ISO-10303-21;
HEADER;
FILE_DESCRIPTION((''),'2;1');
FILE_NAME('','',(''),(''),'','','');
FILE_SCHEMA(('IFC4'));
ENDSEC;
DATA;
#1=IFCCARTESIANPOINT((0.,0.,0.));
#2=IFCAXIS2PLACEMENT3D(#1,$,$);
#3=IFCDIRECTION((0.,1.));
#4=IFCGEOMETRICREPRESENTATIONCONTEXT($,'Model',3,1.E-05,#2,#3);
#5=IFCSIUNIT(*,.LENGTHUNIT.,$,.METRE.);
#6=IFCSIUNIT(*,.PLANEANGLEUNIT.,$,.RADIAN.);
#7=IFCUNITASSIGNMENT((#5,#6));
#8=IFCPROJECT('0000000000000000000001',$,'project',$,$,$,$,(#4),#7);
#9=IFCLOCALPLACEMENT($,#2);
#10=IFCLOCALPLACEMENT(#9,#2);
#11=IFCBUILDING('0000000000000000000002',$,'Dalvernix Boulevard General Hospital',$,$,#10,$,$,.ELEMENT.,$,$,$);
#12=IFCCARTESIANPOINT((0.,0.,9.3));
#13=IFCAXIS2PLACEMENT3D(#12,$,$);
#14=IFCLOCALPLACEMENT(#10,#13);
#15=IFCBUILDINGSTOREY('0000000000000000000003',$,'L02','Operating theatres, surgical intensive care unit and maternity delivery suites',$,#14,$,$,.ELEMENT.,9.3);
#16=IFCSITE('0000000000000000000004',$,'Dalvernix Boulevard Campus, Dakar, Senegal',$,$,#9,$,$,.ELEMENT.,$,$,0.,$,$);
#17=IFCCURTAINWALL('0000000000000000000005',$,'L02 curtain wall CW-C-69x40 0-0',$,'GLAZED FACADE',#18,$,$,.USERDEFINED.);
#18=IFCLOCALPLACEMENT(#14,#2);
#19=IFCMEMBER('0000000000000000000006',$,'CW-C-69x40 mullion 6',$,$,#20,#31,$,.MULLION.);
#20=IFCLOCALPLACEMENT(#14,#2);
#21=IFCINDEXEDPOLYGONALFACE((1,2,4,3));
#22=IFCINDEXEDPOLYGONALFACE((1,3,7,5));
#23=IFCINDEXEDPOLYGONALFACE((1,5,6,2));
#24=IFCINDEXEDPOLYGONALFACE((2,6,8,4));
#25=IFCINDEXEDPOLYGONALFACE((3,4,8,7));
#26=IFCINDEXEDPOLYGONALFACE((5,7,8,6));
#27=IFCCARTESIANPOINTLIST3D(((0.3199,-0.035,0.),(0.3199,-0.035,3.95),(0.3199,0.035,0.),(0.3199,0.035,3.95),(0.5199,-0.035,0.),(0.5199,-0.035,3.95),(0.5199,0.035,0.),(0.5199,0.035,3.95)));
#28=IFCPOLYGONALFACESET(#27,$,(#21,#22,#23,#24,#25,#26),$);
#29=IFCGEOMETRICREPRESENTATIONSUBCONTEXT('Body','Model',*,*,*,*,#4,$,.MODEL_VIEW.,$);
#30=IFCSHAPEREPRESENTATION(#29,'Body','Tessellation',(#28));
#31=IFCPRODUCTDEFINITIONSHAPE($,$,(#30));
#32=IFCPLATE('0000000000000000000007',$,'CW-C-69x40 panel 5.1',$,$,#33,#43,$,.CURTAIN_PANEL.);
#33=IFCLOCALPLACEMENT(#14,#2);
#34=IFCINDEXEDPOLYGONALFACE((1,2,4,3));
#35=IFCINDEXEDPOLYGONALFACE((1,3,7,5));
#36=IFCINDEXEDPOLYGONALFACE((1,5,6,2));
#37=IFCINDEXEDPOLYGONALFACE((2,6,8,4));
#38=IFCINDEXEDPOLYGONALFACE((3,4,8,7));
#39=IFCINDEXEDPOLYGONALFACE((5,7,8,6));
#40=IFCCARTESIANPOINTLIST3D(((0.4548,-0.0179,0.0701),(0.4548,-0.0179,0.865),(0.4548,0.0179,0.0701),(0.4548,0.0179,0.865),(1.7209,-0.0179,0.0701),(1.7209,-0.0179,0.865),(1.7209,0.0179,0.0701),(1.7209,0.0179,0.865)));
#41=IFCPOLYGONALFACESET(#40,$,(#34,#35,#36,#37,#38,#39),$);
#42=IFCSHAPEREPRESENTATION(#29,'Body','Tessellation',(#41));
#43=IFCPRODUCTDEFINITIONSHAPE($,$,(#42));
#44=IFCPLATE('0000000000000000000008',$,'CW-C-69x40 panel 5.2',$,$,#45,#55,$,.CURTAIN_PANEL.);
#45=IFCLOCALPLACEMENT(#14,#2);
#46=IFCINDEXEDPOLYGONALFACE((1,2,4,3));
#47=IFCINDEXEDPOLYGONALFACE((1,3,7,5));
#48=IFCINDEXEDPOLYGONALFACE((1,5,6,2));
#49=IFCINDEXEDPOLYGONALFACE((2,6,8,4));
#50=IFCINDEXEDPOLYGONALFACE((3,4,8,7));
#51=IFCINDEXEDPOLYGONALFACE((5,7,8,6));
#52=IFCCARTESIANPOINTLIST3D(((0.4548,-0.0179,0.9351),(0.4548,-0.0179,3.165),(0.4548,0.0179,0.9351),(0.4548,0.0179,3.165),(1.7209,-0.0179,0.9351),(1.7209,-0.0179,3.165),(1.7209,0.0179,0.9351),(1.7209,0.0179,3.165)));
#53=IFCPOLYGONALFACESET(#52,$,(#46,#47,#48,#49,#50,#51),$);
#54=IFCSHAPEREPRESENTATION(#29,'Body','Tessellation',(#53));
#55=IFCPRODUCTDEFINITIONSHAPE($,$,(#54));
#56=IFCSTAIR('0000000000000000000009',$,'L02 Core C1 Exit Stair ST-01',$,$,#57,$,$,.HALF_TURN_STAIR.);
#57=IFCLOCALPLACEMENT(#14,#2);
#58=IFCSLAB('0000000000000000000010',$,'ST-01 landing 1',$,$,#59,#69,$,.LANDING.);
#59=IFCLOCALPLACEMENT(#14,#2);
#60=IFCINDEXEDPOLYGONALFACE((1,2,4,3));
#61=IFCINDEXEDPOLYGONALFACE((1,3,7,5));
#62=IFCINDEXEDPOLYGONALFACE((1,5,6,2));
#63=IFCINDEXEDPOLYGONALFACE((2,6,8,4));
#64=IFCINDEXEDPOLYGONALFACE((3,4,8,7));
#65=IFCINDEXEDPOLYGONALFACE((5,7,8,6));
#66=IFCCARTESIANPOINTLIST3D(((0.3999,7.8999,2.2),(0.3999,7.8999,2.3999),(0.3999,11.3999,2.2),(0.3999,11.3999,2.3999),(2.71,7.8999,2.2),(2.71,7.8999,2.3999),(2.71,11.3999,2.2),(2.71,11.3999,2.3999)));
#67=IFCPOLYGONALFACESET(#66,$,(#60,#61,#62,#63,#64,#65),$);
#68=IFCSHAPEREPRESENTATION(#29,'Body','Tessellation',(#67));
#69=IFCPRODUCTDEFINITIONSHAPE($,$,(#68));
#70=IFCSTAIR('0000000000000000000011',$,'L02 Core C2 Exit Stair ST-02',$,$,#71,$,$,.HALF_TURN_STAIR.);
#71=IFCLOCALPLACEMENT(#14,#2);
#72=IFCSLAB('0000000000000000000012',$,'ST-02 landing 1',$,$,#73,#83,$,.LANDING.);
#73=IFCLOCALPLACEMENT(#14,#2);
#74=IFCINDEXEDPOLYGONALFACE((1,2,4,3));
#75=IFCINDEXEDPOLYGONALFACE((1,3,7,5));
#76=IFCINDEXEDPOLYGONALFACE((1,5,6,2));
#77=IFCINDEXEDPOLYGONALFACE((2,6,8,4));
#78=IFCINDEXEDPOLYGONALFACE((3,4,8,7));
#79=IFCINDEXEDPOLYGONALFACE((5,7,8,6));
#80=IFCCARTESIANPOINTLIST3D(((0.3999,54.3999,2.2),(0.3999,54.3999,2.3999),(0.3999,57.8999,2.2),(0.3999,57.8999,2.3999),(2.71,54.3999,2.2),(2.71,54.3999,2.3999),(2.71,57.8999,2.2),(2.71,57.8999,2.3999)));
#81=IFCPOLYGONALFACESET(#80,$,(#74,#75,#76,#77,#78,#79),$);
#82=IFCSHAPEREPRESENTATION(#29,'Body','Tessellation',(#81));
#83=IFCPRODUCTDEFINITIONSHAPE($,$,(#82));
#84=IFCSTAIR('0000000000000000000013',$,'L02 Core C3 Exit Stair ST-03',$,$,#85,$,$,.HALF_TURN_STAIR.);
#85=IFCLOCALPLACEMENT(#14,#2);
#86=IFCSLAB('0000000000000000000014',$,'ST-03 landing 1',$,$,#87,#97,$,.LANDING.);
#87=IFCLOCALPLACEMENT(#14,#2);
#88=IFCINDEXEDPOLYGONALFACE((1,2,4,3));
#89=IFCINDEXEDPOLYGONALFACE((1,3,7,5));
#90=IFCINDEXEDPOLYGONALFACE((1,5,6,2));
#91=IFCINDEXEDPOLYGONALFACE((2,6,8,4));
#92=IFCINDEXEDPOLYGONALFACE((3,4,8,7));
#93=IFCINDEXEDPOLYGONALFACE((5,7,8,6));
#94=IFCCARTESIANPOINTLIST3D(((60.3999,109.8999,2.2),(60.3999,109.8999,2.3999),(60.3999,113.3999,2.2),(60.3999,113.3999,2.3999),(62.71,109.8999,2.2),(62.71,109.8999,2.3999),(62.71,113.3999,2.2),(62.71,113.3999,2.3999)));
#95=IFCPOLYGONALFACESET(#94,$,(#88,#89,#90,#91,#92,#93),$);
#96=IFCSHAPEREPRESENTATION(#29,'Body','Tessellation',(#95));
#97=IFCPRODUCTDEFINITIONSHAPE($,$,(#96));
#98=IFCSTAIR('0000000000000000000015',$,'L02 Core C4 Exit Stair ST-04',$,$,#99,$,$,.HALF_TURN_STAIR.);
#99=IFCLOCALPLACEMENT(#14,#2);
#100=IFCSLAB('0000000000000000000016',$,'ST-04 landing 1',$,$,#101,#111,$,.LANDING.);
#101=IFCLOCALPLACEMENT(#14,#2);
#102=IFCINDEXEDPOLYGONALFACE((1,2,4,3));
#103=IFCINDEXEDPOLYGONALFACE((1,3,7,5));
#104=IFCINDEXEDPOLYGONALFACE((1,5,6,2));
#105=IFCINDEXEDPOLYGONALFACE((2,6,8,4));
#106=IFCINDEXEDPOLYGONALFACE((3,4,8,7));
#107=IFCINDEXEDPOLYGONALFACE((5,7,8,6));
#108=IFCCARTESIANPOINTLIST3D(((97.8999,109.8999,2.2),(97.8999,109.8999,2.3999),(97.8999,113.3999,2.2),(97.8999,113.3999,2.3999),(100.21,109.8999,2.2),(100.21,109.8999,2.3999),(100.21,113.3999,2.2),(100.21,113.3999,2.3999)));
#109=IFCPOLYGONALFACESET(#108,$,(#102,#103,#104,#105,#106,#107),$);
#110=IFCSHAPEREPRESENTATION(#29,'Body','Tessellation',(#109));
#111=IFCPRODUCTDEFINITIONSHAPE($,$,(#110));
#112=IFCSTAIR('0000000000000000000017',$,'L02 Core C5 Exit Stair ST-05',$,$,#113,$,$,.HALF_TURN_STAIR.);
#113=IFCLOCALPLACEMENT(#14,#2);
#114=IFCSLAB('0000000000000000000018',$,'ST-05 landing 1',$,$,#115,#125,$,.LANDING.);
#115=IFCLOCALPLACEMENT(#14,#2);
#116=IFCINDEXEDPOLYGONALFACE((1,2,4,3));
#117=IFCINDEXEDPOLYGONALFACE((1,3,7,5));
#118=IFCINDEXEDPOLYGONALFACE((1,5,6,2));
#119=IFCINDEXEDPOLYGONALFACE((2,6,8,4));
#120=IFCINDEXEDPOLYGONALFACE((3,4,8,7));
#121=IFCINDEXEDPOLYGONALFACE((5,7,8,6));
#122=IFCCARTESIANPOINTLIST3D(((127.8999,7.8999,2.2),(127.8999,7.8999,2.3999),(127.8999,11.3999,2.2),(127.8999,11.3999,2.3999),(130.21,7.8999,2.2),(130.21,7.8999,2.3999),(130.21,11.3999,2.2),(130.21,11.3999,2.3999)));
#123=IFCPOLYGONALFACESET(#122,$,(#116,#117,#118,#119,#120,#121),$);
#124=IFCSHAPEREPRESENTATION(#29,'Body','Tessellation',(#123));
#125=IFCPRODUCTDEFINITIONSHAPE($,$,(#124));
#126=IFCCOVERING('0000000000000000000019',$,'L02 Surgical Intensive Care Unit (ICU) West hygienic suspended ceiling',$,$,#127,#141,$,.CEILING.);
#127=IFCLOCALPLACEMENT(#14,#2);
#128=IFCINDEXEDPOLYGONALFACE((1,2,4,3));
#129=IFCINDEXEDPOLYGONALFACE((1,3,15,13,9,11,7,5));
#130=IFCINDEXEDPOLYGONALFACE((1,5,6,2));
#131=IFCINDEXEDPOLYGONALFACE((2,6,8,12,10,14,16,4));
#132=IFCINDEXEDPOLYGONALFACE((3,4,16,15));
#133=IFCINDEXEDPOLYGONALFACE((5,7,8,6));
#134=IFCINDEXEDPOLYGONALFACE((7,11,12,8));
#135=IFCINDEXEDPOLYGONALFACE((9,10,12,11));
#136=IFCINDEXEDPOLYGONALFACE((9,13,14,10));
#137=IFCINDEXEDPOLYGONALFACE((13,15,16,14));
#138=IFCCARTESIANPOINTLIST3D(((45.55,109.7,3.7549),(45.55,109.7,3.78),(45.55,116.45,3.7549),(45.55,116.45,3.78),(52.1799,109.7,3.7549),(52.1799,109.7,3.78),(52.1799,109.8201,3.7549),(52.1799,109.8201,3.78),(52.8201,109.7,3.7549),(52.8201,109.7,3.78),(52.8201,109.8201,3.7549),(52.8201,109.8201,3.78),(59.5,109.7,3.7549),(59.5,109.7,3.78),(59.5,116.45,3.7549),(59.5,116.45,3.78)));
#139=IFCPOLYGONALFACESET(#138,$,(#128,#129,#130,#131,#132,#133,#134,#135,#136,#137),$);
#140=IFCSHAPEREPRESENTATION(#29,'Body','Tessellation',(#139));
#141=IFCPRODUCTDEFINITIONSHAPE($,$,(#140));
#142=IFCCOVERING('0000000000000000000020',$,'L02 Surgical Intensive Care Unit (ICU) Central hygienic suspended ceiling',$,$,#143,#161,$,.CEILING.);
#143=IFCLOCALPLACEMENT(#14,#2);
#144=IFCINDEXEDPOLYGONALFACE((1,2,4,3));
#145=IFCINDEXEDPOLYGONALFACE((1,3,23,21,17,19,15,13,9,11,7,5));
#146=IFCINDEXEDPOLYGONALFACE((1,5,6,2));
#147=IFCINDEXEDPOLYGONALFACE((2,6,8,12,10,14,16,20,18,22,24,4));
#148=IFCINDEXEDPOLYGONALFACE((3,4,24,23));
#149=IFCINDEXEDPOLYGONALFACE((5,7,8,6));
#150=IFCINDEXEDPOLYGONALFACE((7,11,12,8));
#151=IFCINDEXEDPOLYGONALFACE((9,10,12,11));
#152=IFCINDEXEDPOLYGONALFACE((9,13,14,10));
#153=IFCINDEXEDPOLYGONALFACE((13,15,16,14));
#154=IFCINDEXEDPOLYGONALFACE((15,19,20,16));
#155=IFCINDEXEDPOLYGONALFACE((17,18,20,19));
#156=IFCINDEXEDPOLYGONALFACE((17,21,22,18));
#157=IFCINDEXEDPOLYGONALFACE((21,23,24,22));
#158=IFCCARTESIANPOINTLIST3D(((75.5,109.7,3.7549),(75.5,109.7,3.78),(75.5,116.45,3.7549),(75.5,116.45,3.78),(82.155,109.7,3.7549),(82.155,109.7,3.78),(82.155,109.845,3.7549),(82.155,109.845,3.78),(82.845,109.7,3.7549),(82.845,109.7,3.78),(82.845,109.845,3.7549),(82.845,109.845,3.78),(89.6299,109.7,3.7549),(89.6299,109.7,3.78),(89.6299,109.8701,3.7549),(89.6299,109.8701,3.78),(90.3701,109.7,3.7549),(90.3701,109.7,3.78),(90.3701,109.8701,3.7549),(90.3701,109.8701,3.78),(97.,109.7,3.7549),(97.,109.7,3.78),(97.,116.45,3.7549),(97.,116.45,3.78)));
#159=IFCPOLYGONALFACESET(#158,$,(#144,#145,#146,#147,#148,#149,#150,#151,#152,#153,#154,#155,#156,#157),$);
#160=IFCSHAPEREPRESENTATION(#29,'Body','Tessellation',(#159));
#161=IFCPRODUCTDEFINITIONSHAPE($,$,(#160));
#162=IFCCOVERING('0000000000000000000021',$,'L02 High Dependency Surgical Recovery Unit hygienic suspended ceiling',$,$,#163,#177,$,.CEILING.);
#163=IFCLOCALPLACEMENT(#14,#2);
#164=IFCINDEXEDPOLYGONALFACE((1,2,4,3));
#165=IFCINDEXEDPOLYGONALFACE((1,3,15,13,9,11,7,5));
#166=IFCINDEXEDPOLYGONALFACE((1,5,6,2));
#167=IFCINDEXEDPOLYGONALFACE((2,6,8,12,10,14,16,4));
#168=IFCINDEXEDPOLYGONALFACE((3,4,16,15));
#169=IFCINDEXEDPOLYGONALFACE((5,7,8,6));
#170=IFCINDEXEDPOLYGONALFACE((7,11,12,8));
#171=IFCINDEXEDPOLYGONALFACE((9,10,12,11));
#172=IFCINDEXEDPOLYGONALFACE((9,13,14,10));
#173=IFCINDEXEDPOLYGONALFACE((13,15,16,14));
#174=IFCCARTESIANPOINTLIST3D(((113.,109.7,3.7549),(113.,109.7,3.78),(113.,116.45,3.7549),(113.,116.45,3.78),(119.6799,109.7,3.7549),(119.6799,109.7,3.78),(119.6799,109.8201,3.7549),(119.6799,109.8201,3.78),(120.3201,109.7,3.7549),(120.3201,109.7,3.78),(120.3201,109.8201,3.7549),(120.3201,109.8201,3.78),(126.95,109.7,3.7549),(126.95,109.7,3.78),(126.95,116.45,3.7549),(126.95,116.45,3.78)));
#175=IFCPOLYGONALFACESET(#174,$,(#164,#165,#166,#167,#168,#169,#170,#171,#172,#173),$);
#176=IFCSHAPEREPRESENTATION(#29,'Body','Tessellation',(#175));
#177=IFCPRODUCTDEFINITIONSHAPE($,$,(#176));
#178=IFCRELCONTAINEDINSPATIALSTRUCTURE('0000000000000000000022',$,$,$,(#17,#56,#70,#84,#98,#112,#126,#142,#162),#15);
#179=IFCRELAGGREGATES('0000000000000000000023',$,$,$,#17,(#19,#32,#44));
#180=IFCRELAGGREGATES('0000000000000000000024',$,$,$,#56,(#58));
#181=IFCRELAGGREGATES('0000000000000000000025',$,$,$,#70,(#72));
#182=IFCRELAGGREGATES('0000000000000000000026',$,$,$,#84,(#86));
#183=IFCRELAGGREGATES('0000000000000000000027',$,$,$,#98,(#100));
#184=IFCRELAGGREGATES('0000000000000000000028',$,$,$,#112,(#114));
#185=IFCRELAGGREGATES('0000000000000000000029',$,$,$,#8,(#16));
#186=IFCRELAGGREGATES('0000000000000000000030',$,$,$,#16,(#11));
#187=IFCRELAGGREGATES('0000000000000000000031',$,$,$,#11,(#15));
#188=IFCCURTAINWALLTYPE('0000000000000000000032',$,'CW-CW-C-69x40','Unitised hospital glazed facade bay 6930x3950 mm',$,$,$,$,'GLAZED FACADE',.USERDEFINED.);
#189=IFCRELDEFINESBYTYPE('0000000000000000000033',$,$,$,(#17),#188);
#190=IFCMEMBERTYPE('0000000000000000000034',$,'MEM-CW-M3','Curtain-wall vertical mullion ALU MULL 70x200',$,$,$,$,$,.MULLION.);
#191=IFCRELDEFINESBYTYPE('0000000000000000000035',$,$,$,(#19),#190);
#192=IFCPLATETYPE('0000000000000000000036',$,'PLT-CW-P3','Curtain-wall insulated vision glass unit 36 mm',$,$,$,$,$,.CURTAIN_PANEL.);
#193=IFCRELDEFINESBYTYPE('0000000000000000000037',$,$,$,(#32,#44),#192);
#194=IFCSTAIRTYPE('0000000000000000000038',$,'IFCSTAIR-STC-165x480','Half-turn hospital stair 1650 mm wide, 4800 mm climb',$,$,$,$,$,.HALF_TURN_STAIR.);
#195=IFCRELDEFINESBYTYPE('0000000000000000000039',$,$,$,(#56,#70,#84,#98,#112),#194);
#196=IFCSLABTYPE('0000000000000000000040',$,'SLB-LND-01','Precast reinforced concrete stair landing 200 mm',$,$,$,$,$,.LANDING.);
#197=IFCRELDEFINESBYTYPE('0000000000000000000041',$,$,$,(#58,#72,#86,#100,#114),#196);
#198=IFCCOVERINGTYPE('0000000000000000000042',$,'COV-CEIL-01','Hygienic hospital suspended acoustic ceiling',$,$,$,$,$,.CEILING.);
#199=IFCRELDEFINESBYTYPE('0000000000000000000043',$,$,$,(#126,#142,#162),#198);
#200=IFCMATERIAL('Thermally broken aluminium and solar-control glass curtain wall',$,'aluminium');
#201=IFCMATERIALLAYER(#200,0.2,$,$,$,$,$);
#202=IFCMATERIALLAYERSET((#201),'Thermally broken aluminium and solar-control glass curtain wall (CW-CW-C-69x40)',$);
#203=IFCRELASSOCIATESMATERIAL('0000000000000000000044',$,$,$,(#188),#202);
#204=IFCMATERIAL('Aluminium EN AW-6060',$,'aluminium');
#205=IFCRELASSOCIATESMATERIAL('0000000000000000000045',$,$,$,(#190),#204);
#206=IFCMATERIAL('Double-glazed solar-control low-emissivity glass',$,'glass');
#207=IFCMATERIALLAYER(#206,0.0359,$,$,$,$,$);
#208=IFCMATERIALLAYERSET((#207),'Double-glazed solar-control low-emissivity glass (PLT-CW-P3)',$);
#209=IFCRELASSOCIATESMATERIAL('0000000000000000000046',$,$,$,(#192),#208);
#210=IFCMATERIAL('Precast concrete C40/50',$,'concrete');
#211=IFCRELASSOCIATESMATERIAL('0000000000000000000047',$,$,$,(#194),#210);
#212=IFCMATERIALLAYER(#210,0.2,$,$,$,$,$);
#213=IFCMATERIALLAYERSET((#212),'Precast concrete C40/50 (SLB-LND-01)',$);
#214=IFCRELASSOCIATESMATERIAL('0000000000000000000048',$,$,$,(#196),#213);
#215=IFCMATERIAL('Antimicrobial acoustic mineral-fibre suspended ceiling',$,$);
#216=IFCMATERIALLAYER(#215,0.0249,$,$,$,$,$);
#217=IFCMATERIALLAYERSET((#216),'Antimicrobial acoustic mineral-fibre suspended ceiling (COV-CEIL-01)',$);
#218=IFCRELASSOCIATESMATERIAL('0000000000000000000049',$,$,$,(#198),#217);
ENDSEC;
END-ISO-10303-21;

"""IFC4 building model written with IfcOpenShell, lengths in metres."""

from ifc_helpers import new_model, si_unit, direction, frame, origin, origin_2d, place, context, subcontext, project, spatial, polyline, rectangle, outline, extrude, material, layer, layer_set, material_profile, profile_set, type_object, element, aggregate, save


model = new_model("IFC4")

# Units and contexts
model_context = context("Model", 3, precision=1e-05, world=origin(), true_north=direction((0.0, 1.0)))
body_context = subcontext(model_context, "Body", "Model", "MODEL_VIEW")
ifc_project = project(units=[si_unit("LENGTHUNIT", "METRE"), si_unit("PLANEANGLEUNIT", "RADIAN")], contexts=[model_context])

# Site, building, storey
site_placement = place(None, origin())
site = spatial("IfcSite", under=ifc_project, at=site_placement, Name="Dalvernix Boulevard Campus, Dakar, Senegal", CompositionType="ELEMENT", RefElevation=0.0)
building_placement = place(site_placement, origin())
building = spatial("IfcBuilding", under=site, at=building_placement, Name="Dalvernix Boulevard General Hospital", CompositionType="ELEMENT")
storey_placement = place(building_placement, frame((0.0, 0.0, 9.3)))
storey = spatial("IfcBuildingStorey", under=building, at=storey_placement, Name="L02", Description="Operating theatres, surgical intensive care unit and maternity delivery suites", CompositionType="ELEMENT", Elevation=9.3)

# Curtain wall, member, plates
ifc_material_1 = material(Name="Thermally broken aluminium and solar-control glass curtain wall", Category="aluminium")
ifc_layer_1 = layer(ifc_material_1, 0.2)
ifc_layer_set_1 = layer_set([ifc_layer_1], Name="Thermally broken aluminium and solar-control glass curtain wall (CW-CW-C-69x40)")
curtain_wall_type = type_object("IfcCurtainWallType", Name="CW-CW-C-69x40", Description="Unitised hospital glazed facade bay 6930x3950 mm", ElementType="GLAZED FACADE", PredefinedType="USERDEFINED", material=ifc_layer_set_1)
curtain_wall_placement = place(storey_placement, origin())
curtain_wall = element("IfcCurtainWall", 1, at=curtain_wall_placement, inside=storey, type_object=curtain_wall_type, Name="L02 curtain wall CW-C-69x40 0-0", ObjectType="GLAZED FACADE", PredefinedType="USERDEFINED")
ifc_material_2 = material(Name="Aluminium EN AW-6060", Category="aluminium")
ifc_material_profile = material_profile(ifc_material_2, rectangle(XDim=0.0701, YDim=0.2, at=origin_2d()), Name="ALU MULL 70x200")
ifc_profile_set = profile_set([ifc_material_profile], Name="Aluminium EN AW-6060")
member_type = type_object("IfcMemberType", Name="MEM-CW-M3", Description="Curtain-wall vertical mullion ALU MULL 70x200", PredefinedType="MULLION", material=ifc_profile_set)
member_placement = place(storey_placement, frame((0.4199, 0.0, 0.0), z_axis=(0.0, 0.0, 1.0), x_axis=(0.0, -1.0, 0.0)))
member = element("IfcMember", 2, at=member_placement, type_object=member_type, Name="CW-C-69x40 mullion 6", PredefinedType="MULLION", context=body_context, shape_type="SweptSolid", body=[
    extrude(rectangle(XDim=0.0701, YDim=0.2, at=origin_2d()), origin(), (0.0, 0.0, 1.0), 3.95),
])
ifc_material_3 = material(Name="Double-glazed solar-control low-emissivity glass", Category="glass")
ifc_layer_2 = layer(ifc_material_3, 0.0359)
ifc_layer_set_2 = layer_set([ifc_layer_2], Name="Double-glazed solar-control low-emissivity glass (PLT-CW-P3)")
plate_type = type_object("IfcPlateType", Name="PLT-CW-P3", Description="Curtain-wall insulated vision glass unit 36 mm", PredefinedType="CURTAIN_PANEL", material=ifc_layer_set_2)
plate_1_placement = place(storey_placement, frame((1.0879, 0.0, 0.0701), z_axis=(0.0, 0.0, 1.0), x_axis=(-1.0, 0.0, 0.0)))
plate_1 = element("IfcPlate", 3, at=plate_1_placement, type_object=plate_type, Name="CW-C-69x40 panel 5.1", PredefinedType="CURTAIN_PANEL", context=body_context, shape_type="SweptSolid", body=[
    extrude(rectangle(XDim=1.2661, YDim=0.0359, at=origin_2d()), origin(), (0.0, 0.0, 1.0), 0.7949),
])
plate_2_placement = place(storey_placement, frame((1.0879, 0.0, 0.9351), z_axis=(0.0, 0.0, 1.0), x_axis=(-1.0, 0.0, 0.0)))
plate_2 = element("IfcPlate", 4, at=plate_2_placement, type_object=plate_type, Name="CW-C-69x40 panel 5.2", PredefinedType="CURTAIN_PANEL", context=body_context, shape_type="SweptSolid", body=[
    extrude(rectangle(XDim=1.2661, YDim=0.0359, at=origin_2d()), origin(), (0.0, 0.0, 1.0), 2.23),
])
aggregate(curtain_wall, [member, plate_1, plate_2])

# Stairs, slabs
ifc_material_4 = material(Name="Precast concrete C40/50", Category="concrete")
stair_type = type_object("IfcStairType", Name="IFCSTAIR-STC-165x480", Description="Half-turn hospital stair 1650 mm wide, 4800 mm climb", PredefinedType="HALF_TURN_STAIR", material=ifc_material_4)
stair_1_placement = place(storey_placement, origin())
stair_1 = element("IfcStair", 5, at=stair_1_placement, inside=storey, type_object=stair_type, Name="L02 Core C1 Exit Stair ST-01", PredefinedType="HALF_TURN_STAIR")
ifc_layer_3 = layer(ifc_material_4, 0.2)
ifc_layer_set_3 = layer_set([ifc_layer_3], Name="Precast concrete C40/50 (SLB-LND-01)")
slab_type = type_object("IfcSlabType", Name="SLB-LND-01", Description="Precast reinforced concrete stair landing 200 mm", PredefinedType="LANDING", material=ifc_layer_set_3)
slab_1_placement = place(storey_placement, frame((0.0, 0.0, 2.2)))
slab_1 = element("IfcSlab", 6, at=slab_1_placement, type_object=slab_type, Name="ST-01 landing 1", PredefinedType="LANDING", context=body_context, shape_type="SweptSolid", body=[
    extrude(outline(polyline([(2.71, 11.3999), (0.3999, 11.3999), (0.3999, 7.8999), (2.71, 7.8999), (2.71, 11.3999)])), origin(), (0.0, 0.0, 1.0), 0.2),
])
aggregate(stair_1, [slab_1])
stair_2_placement = place(storey_placement, origin())
stair_2 = element("IfcStair", 7, at=stair_2_placement, inside=storey, type_object=stair_type, Name="L02 Core C2 Exit Stair ST-02", PredefinedType="HALF_TURN_STAIR")
slab_2_placement = place(storey_placement, frame((0.0, 0.0, 2.2)))
slab_2 = element("IfcSlab", 8, at=slab_2_placement, type_object=slab_type, Name="ST-02 landing 1", PredefinedType="LANDING", context=body_context, shape_type="SweptSolid", body=[
    extrude(outline(polyline([(2.71, 57.8999), (0.3999, 57.8999), (0.3999, 54.3999), (2.71, 54.3999), (2.71, 57.8999)])), origin(), (0.0, 0.0, 1.0), 0.2),
])
aggregate(stair_2, [slab_2])
stair_3_placement = place(storey_placement, origin())
stair_3 = element("IfcStair", 9, at=stair_3_placement, inside=storey, type_object=stair_type, Name="L02 Core C3 Exit Stair ST-03", PredefinedType="HALF_TURN_STAIR")
slab_3_placement = place(storey_placement, frame((0.0, 0.0, 2.2)))
slab_3 = element("IfcSlab", 10, at=slab_3_placement, type_object=slab_type, Name="ST-03 landing 1", PredefinedType="LANDING", context=body_context, shape_type="SweptSolid", body=[
    extrude(outline(polyline([(62.71, 113.3999), (60.3999, 113.3999), (60.3999, 109.8999), (62.71, 109.8999), (62.71, 113.3999)])), origin(), (0.0, 0.0, 1.0), 0.2),
])
aggregate(stair_3, [slab_3])
stair_4_placement = place(storey_placement, origin())
stair_4 = element("IfcStair", 11, at=stair_4_placement, inside=storey, type_object=stair_type, Name="L02 Core C4 Exit Stair ST-04", PredefinedType="HALF_TURN_STAIR")
slab_4_placement = place(storey_placement, frame((0.0, 0.0, 2.2)))
slab_4 = element("IfcSlab", 12, at=slab_4_placement, type_object=slab_type, Name="ST-04 landing 1", PredefinedType="LANDING", context=body_context, shape_type="SweptSolid", body=[
    extrude(outline(polyline([(100.21, 113.3999), (97.8999, 113.3999), (97.8999, 109.8999), (100.21, 109.8999), (100.21, 113.3999)])), origin(), (0.0, 0.0, 1.0), 0.2),
])
aggregate(stair_4, [slab_4])
stair_5_placement = place(storey_placement, origin())
stair_5 = element("IfcStair", 13, at=stair_5_placement, inside=storey, type_object=stair_type, Name="L02 Core C5 Exit Stair ST-05", PredefinedType="HALF_TURN_STAIR")
slab_5_placement = place(storey_placement, frame((0.0, 0.0, 2.2)))
slab_5 = element("IfcSlab", 14, at=slab_5_placement, type_object=slab_type, Name="ST-05 landing 1", PredefinedType="LANDING", context=body_context, shape_type="SweptSolid", body=[
    extrude(outline(polyline([(130.21, 11.3999), (127.8999, 11.3999), (127.8999, 7.8999), (130.21, 7.8999), (130.21, 11.3999)])), origin(), (0.0, 0.0, 1.0), 0.2),
])
aggregate(stair_5, [slab_5])

# Coverings
ifc_material_5 = material(Name="Antimicrobial acoustic mineral-fibre suspended ceiling")
ifc_layer_4 = layer(ifc_material_5, 0.0249)
ifc_layer_set_4 = layer_set([ifc_layer_4], Name="Antimicrobial acoustic mineral-fibre suspended ceiling (COV-CEIL-01)")
covering_type_1 = type_object("IfcCoveringType", Name="COV-CEIL-01", Description="Hygienic hospital suspended acoustic ceiling", PredefinedType="CEILING", material=ifc_layer_set_4)
covering_1_placement = place(storey_placement, frame((0.0, 0.0, 3.7549)))
element("IfcCovering", 15, at=covering_1_placement, inside=storey, type_object=covering_type_1, Name="L02 Surgical Intensive Care Unit (ICU) West hygienic suspended ceiling", PredefinedType="CEILING", context=body_context, shape_type="SweptSolid", body=[
    extrude(outline(polyline([(52.8201, 109.7), (52.8201, 109.8201), (52.1799, 109.8201), (52.1799, 109.7), (45.55, 109.7), (45.55, 116.45), (59.5, 116.45), (59.5, 109.7), (52.8201, 109.7)])), origin(), (0.0, 0.0, 1.0), 0.0251),
])
covering_2_placement = place(storey_placement, frame((0.0, 0.0, 3.7549)))
element("IfcCovering", 16, at=covering_2_placement, inside=storey, type_object=covering_type_1, Name="L02 Surgical Intensive Care Unit (ICU) Central hygienic suspended ceiling", PredefinedType="CEILING", context=body_context, shape_type="SweptSolid", body=[
    extrude(outline(polyline([(82.845, 109.845), (82.155, 109.845), (82.155, 109.7), (75.5, 109.7), (75.5, 116.45), (97.0, 116.45), (97.0, 109.7), (90.3701, 109.7), (90.3701, 109.8701), (89.6299, 109.8701), (89.6299, 109.7), (82.845, 109.7), (82.845, 109.845)])), origin(), (0.0, 0.0, 1.0), 0.0251),
])
covering_3_placement = place(storey_placement, frame((0.0, 0.0, 3.7549)))
element("IfcCovering", 17, at=covering_3_placement, inside=storey, type_object=covering_type_1, Name="L02 High Dependency Surgical Recovery Unit hygienic suspended ceiling", PredefinedType="CEILING", context=body_context, shape_type="SweptSolid", body=[
    extrude(outline(polyline([(120.3201, 109.7), (120.3201, 109.8201), (119.6799, 109.8201), (119.6799, 109.7), (113.0, 109.7), (113.0, 116.45), (126.95, 116.45), (126.95, 109.7), (120.3201, 109.7)])), origin(), (0.0, 0.0, 1.0), 0.0251),
])

save(model, "model.ifc")
